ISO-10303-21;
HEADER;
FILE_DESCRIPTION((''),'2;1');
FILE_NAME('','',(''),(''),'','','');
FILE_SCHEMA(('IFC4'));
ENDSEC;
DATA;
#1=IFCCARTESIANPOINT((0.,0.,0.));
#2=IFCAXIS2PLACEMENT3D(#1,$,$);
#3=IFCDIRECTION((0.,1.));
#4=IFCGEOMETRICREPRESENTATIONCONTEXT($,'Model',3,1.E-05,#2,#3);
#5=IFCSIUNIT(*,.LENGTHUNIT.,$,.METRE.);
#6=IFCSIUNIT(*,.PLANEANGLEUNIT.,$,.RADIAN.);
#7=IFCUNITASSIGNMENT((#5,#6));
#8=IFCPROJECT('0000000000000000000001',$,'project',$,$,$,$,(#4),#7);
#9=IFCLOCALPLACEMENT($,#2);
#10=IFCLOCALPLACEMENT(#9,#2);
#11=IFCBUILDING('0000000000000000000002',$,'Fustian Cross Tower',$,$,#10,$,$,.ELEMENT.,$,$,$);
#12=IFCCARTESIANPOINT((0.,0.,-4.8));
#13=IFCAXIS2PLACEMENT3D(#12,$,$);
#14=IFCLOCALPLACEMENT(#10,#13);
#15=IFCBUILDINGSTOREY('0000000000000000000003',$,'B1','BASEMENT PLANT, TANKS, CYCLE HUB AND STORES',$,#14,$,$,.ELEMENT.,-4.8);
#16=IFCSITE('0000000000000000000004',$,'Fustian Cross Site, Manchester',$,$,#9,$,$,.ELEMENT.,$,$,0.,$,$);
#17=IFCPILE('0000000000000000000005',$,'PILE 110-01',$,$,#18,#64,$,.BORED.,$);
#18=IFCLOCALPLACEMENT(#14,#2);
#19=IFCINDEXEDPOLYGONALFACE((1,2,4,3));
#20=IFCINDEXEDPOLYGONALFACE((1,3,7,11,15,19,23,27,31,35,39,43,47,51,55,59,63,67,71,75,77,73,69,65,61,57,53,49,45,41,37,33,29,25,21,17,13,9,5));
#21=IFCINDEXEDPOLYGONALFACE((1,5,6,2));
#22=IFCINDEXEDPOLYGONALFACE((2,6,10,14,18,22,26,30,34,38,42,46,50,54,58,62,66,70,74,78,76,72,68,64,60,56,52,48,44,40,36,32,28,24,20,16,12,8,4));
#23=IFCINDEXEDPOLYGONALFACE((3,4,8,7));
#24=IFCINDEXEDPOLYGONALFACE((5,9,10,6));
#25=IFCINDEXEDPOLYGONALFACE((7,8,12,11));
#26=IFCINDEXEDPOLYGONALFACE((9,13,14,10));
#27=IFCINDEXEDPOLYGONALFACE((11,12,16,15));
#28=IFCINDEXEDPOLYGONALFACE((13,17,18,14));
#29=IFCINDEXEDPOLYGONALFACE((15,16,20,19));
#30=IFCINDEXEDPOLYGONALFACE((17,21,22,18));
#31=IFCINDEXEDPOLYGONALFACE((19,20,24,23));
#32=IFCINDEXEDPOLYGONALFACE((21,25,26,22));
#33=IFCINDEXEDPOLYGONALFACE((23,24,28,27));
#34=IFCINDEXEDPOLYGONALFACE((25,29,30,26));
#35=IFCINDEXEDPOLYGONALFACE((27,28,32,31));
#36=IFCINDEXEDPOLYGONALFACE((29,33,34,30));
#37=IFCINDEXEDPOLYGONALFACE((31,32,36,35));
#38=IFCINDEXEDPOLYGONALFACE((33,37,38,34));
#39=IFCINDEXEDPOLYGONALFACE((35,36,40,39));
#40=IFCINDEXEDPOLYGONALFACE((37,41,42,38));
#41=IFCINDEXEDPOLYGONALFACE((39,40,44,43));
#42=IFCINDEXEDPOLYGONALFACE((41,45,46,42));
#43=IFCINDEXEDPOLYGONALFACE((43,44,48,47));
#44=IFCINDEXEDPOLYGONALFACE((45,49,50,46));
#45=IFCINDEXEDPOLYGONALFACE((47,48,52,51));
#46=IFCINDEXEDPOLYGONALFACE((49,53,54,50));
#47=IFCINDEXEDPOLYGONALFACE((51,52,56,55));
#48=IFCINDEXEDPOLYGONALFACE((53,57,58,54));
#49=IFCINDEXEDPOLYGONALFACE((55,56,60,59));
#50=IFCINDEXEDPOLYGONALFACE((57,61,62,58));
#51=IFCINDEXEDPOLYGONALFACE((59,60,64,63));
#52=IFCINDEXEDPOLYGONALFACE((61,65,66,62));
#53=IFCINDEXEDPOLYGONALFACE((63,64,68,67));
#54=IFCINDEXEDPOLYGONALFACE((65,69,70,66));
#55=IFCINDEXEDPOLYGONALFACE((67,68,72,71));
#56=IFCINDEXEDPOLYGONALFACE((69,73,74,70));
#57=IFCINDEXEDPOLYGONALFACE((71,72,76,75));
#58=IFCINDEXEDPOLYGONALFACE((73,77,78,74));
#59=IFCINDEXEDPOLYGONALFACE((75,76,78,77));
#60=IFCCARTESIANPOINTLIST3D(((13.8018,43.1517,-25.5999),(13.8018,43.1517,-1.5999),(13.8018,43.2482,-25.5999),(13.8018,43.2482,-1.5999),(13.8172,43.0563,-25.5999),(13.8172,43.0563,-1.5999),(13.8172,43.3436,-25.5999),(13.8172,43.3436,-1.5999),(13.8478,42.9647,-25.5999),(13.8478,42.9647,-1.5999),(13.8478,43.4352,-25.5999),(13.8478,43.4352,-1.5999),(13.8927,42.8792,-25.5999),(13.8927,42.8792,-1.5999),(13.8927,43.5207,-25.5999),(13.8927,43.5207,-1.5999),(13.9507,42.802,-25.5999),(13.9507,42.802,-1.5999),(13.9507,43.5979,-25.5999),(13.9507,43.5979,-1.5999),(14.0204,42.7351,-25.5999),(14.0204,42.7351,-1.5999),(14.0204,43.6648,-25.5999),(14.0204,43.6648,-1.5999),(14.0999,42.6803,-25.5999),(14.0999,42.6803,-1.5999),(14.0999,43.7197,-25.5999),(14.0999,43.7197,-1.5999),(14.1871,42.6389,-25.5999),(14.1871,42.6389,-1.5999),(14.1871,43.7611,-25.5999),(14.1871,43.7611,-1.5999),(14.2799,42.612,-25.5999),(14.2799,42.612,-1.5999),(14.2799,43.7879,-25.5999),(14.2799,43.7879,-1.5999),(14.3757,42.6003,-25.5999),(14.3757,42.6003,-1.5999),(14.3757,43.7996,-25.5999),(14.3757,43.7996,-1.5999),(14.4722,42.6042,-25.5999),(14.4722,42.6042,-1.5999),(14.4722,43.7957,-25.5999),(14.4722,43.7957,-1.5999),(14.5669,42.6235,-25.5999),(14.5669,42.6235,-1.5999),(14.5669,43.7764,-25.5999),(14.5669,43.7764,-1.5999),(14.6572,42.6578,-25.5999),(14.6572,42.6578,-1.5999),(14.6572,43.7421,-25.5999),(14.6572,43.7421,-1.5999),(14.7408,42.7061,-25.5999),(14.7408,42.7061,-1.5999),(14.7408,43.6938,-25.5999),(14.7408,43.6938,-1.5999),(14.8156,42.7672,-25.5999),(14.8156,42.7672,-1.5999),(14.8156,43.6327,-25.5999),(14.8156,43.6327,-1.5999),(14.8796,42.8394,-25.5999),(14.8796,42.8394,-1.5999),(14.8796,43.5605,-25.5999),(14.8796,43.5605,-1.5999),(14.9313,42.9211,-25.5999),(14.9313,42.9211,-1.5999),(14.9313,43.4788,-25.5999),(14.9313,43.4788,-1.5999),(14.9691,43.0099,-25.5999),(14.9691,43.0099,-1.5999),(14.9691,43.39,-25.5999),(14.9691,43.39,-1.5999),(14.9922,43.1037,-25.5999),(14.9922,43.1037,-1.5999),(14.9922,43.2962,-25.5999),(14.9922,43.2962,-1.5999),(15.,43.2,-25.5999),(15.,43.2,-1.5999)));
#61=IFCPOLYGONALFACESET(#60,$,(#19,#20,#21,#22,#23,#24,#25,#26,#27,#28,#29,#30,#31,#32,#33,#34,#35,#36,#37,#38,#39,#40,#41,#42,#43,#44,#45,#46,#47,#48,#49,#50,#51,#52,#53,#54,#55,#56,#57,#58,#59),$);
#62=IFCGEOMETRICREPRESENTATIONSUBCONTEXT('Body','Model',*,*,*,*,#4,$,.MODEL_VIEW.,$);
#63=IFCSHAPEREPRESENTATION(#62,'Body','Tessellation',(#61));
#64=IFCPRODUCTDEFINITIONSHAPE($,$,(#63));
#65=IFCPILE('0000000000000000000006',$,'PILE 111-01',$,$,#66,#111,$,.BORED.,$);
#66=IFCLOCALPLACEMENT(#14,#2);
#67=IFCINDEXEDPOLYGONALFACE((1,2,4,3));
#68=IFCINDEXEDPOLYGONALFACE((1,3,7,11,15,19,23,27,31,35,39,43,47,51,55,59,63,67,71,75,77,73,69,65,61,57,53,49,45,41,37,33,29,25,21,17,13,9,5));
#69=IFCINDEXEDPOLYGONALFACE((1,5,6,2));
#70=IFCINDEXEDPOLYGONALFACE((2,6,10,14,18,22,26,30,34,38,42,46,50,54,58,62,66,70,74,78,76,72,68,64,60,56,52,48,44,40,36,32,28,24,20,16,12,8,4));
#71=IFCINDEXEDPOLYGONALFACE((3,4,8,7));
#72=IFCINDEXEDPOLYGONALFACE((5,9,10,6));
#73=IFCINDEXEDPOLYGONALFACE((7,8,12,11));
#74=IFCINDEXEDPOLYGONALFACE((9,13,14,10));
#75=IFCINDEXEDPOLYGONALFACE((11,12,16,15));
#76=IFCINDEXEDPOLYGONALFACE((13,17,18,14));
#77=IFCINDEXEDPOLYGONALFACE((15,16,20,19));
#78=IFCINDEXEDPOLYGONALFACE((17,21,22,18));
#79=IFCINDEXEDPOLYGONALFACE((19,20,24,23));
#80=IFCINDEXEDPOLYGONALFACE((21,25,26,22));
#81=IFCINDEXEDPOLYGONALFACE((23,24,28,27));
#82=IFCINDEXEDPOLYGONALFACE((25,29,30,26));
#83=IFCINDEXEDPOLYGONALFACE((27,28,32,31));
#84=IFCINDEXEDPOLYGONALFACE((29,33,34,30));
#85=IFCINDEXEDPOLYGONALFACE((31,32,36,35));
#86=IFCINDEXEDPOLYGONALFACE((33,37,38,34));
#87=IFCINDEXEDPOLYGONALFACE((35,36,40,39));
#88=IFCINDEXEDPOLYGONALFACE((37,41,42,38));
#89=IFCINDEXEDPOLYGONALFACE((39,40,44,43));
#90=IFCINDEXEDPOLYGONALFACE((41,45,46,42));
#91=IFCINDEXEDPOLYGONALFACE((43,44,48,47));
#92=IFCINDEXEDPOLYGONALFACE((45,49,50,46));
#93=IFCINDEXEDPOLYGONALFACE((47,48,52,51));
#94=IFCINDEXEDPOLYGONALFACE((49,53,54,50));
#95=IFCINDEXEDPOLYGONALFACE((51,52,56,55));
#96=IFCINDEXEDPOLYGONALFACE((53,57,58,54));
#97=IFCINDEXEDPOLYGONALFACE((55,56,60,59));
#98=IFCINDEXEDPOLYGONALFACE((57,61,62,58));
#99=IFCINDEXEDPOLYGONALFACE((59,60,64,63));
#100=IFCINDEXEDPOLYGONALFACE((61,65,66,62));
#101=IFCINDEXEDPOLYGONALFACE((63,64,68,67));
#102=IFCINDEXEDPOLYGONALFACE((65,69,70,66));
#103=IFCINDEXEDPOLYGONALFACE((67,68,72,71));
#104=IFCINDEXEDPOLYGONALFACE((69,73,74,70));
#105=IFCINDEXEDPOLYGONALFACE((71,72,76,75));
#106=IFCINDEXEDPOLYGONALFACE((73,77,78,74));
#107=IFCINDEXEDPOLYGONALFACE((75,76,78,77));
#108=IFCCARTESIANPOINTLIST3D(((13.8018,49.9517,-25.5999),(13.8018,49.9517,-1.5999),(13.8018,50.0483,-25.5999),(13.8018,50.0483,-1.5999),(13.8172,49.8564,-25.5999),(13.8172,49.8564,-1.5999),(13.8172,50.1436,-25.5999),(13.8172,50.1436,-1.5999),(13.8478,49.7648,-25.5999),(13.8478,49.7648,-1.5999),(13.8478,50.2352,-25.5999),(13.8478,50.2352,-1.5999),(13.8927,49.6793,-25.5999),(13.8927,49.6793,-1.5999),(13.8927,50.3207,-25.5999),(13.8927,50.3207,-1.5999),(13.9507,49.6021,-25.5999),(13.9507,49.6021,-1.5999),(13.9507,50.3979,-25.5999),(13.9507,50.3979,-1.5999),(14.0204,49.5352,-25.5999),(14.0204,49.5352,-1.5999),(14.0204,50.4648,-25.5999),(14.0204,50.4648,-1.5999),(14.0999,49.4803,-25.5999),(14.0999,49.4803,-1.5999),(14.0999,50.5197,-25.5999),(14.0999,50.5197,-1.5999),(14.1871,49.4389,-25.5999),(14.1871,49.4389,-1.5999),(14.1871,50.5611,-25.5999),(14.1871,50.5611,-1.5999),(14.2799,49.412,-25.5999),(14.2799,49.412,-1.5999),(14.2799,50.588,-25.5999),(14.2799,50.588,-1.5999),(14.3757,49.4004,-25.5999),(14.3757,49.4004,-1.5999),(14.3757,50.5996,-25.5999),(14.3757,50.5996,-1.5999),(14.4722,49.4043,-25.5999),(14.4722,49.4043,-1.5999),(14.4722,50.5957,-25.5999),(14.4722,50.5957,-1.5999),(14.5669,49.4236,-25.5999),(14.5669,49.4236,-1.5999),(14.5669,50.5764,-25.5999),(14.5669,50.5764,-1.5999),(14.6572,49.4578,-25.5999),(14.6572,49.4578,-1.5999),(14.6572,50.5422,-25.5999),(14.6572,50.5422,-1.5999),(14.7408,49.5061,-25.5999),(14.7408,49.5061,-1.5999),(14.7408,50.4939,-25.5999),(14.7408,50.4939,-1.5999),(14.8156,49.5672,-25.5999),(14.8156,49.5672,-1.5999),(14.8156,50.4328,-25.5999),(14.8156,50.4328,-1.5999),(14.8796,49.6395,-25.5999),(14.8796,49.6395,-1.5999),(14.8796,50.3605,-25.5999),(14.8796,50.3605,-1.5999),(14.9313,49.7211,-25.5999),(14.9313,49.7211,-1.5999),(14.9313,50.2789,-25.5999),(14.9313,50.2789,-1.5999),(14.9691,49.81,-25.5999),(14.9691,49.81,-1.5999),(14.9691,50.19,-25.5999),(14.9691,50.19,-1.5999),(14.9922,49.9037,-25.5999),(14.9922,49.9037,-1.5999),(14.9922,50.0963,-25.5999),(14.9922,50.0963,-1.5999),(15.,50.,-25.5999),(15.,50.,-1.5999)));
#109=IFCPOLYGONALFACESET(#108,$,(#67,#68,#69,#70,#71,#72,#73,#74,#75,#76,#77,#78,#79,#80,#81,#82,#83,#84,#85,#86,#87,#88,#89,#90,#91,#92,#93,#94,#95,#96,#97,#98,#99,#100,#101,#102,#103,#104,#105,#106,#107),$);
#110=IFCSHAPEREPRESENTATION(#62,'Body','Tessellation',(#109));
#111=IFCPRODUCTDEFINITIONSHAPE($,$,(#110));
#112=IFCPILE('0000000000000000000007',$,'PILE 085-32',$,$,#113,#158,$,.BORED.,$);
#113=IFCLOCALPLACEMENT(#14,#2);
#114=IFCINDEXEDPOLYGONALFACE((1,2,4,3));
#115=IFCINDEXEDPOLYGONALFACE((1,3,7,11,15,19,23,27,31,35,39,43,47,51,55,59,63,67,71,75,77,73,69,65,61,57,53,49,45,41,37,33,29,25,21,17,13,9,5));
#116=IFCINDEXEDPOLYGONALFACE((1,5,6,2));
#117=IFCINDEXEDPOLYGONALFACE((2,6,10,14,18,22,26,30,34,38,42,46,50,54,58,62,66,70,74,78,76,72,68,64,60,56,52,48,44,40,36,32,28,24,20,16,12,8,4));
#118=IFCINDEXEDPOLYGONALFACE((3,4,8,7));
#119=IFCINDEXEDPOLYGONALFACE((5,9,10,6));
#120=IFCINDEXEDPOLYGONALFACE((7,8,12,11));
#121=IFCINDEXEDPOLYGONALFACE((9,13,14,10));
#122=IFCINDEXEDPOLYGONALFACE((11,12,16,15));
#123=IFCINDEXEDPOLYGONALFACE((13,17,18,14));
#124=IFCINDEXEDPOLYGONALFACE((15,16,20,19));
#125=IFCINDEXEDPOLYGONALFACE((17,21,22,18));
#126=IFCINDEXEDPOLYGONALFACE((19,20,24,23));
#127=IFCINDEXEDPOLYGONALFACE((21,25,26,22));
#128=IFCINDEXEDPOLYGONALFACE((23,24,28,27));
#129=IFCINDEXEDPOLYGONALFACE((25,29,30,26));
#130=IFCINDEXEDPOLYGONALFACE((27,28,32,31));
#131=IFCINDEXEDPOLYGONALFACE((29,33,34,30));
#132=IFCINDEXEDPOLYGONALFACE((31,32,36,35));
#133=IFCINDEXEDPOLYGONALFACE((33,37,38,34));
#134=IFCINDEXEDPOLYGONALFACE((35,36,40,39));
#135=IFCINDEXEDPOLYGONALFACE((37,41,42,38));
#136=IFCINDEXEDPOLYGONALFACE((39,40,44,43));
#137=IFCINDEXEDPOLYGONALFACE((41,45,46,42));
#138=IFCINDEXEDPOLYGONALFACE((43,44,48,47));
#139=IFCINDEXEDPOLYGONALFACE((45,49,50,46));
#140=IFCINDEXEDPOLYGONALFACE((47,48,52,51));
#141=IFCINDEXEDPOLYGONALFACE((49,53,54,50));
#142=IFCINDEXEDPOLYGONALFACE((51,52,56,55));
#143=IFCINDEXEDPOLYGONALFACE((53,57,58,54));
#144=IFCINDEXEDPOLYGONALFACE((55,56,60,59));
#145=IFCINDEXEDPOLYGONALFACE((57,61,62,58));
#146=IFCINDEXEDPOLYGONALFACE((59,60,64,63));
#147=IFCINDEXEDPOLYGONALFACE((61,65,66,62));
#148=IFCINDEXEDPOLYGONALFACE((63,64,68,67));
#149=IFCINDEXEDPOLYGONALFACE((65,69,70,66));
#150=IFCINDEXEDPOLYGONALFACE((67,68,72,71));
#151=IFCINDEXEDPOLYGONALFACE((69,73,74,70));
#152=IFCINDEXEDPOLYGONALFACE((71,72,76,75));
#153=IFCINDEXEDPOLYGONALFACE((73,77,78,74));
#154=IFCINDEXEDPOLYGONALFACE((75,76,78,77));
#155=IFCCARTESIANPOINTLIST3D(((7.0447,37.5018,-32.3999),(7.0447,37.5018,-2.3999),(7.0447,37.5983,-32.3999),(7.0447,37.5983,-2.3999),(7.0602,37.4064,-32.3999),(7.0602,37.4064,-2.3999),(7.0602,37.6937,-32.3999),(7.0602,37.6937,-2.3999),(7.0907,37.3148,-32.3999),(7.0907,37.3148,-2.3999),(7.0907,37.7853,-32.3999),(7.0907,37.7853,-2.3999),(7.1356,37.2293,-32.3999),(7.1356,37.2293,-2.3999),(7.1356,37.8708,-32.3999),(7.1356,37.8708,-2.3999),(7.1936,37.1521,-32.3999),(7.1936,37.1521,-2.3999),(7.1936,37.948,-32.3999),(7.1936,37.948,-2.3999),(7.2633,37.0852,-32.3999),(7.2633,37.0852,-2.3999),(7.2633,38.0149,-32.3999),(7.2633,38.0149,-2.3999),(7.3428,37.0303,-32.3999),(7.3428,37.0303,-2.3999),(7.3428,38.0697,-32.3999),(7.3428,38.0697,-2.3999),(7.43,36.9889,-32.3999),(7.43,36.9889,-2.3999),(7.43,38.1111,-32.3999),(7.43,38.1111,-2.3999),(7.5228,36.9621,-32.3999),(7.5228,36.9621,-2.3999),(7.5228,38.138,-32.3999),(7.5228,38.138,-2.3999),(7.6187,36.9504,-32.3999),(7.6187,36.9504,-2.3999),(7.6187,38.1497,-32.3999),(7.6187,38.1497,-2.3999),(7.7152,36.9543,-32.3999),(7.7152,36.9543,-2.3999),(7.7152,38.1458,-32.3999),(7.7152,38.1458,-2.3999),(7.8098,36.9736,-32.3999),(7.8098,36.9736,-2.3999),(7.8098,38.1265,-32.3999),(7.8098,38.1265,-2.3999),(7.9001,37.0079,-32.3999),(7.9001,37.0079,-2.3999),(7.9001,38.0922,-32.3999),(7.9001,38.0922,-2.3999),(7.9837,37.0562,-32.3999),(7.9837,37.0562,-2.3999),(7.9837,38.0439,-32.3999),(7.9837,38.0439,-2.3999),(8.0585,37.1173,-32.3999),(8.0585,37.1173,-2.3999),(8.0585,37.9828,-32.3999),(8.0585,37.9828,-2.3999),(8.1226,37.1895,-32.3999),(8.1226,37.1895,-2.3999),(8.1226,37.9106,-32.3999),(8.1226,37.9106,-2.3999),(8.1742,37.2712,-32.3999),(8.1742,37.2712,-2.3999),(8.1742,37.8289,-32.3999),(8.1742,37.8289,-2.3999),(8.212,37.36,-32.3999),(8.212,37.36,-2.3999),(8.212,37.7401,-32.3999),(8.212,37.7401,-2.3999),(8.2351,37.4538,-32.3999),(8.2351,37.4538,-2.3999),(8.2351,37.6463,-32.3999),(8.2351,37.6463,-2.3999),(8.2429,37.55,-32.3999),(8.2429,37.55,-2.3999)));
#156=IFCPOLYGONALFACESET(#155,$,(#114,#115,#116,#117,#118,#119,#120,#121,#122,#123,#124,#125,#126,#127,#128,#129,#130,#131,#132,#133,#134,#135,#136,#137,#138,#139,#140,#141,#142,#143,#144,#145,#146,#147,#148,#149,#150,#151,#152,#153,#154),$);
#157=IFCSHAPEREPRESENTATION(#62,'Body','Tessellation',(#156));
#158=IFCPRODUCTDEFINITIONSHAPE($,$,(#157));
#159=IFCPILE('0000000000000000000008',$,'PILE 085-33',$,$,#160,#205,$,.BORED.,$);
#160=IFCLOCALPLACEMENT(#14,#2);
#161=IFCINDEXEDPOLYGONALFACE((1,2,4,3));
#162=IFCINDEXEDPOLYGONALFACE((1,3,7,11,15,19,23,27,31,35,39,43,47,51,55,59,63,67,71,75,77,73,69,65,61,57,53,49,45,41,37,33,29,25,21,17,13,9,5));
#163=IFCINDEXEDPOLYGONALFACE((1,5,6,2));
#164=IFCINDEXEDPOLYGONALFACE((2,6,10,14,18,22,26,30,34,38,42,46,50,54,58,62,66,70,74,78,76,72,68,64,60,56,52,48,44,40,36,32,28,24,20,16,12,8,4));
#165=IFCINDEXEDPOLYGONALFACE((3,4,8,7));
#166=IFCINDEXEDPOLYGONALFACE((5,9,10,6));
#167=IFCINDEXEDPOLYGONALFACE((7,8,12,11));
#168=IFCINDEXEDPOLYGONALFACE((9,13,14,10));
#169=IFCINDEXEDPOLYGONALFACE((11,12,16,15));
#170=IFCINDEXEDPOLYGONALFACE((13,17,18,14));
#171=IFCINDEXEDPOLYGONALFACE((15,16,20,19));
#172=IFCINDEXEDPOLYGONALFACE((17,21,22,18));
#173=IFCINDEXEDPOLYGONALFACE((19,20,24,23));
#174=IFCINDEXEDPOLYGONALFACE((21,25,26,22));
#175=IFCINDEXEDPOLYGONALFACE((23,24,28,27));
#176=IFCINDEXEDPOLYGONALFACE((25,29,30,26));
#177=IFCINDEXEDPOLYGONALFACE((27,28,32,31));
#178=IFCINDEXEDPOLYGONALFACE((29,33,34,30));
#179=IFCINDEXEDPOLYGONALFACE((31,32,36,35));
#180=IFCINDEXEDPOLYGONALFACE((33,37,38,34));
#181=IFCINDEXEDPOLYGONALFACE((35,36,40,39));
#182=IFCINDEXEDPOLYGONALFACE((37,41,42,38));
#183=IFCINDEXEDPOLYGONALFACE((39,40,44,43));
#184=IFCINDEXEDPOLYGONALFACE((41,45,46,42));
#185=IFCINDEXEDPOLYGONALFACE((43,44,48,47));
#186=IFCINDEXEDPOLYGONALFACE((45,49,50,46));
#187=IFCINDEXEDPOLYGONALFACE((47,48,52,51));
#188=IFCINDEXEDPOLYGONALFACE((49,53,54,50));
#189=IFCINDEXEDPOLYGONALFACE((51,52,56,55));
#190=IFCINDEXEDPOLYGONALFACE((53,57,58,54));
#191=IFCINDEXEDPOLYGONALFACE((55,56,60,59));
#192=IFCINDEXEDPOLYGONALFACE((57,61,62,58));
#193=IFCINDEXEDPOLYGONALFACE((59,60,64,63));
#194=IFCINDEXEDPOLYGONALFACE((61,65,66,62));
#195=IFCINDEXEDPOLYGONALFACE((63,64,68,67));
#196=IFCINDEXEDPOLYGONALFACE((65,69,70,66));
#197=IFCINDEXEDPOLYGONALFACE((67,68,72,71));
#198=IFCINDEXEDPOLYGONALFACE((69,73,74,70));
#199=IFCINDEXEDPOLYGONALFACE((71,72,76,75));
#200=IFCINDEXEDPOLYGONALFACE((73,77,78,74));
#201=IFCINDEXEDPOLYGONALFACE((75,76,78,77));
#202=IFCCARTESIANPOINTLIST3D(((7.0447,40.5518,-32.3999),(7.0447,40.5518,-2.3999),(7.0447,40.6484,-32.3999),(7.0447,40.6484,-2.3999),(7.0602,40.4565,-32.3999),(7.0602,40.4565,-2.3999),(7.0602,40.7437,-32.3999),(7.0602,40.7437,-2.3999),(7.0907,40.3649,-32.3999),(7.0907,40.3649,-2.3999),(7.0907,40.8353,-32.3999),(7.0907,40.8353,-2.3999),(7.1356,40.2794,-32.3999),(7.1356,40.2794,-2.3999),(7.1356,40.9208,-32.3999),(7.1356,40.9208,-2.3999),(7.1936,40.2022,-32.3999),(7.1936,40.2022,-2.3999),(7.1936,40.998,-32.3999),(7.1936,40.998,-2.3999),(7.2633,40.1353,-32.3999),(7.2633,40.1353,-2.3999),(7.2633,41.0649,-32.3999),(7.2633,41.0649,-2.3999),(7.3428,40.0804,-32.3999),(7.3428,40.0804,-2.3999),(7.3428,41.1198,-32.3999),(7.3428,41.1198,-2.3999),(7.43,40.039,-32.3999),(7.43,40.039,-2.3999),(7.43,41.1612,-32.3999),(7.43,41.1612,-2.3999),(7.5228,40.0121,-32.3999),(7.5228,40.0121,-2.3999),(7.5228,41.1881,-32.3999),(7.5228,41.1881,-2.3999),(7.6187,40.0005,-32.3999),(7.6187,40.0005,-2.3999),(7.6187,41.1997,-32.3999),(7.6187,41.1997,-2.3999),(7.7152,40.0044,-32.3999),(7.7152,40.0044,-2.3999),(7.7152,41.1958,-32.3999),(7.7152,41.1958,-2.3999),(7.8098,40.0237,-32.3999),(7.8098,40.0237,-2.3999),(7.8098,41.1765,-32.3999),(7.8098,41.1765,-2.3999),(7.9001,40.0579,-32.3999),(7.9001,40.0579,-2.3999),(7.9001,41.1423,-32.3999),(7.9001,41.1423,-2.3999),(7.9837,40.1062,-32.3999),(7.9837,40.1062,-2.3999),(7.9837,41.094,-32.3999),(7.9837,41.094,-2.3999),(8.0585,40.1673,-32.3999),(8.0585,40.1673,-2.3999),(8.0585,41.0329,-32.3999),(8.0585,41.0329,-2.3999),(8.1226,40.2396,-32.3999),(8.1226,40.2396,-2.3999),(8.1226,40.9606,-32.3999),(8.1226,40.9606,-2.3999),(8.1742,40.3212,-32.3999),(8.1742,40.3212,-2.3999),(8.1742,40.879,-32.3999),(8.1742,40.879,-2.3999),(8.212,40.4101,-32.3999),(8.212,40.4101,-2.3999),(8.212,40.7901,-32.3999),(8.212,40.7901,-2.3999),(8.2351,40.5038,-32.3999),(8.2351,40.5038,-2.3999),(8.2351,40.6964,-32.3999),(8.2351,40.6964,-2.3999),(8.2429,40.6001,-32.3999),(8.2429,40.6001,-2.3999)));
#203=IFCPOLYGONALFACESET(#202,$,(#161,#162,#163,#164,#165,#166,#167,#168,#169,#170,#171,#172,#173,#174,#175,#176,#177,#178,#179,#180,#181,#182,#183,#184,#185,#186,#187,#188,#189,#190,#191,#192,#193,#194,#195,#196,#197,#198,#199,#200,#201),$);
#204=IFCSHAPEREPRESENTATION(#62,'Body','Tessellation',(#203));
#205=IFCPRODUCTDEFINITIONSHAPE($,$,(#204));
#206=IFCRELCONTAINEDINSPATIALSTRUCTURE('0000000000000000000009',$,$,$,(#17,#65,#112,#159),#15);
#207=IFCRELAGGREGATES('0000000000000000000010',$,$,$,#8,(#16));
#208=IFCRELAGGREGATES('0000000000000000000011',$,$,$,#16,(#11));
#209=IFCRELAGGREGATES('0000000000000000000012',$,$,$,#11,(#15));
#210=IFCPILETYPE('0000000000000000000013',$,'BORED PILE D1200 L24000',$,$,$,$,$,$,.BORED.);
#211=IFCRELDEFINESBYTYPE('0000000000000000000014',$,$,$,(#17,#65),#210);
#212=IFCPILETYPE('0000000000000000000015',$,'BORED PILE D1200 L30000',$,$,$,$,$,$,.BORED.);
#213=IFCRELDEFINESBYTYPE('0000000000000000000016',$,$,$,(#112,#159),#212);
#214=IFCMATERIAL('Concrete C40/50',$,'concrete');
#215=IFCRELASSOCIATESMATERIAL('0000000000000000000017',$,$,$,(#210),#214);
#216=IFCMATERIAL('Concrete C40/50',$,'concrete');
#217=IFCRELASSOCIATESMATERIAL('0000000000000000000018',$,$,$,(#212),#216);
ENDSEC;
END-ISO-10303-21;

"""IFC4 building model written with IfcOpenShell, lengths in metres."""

from ifc_helpers import new_model, si_unit, direction, frame, origin, origin_2d, place, context, subcontext, project, spatial, circle, extrude, material, material_profile, profile_set, type_object, element, save


model = new_model("IFC4")

# Units and contexts
model_context = context("Model", 3, precision=1e-05, world=origin(), true_north=direction((0.0, 1.0)))
body_context = subcontext(model_context, "Body", "Model", "MODEL_VIEW")
ifc_project = project(units=[si_unit("LENGTHUNIT", "METRE"), si_unit("PLANEANGLEUNIT", "RADIAN")], contexts=[model_context])

# Site, building, storey
site_placement = place(None, origin())
site = spatial("IfcSite", under=ifc_project, at=site_placement, Name="Fustian Cross Site, Manchester", CompositionType="ELEMENT", RefElevation=0.0)
building_placement = place(site_placement, origin())
building = spatial("IfcBuilding", under=site, at=building_placement, Name="Fustian Cross Tower", CompositionType="ELEMENT")
storey_placement = place(building_placement, frame((0.0, 0.0, -4.8)))
storey = spatial("IfcBuildingStorey", under=building, at=storey_placement, Name="B1", Description="BASEMENT PLANT, TANKS, CYCLE HUB AND STORES", CompositionType="ELEMENT", Elevation=-4.8)

# Piles
ifc_material_1 = material(Name="Concrete C40/50", Category="concrete")
ifc_material_profile_1 = material_profile(ifc_material_1, circle(Radius=0.6001, at=origin_2d()), Name="BORED PILE D1200 L24000")
ifc_profile_set_1 = profile_set([ifc_material_profile_1], Name="Concrete C40/50")
pile_type_1 = type_object("IfcPileType", Name="BORED PILE D1200 L24000", PredefinedType="BORED", material=ifc_profile_set_1)
for number, where, z_axis, x_axis, name in (
    (1, (14.3999, 43.2, -1.5999), (0.0, 0.0, -1.0), (1.0, 0.0, 0.0), "PILE 110-01"),
    (2, (14.3999, 50.0, -1.5999), (0.0, 0.0, -1.0), (1.0, 0.0, 0.0), "PILE 111-01"),
):
    element("IfcPile", number, at=place(storey_placement, frame(where, z_axis=z_axis, x_axis=x_axis)), inside=storey, type_object=pile_type_1, Name=name, PredefinedType="BORED", context=body_context, shape_type="SweptSolid", body=[
        extrude(circle(Radius=0.6001, at=origin_2d()), origin(), (0.0, 0.0, 1.0), 24.0),
    ])
ifc_material_2 = material(Name="Concrete C40/50", Category="concrete")
ifc_material_profile_2 = material_profile(ifc_material_2, circle(Radius=0.6001, at=origin_2d()), Name="BORED PILE D1200 L30000")
ifc_profile_set_2 = profile_set([ifc_material_profile_2], Name="Concrete C40/50")
pile_type_2 = type_object("IfcPileType", Name="BORED PILE D1200 L30000", PredefinedType="BORED", material=ifc_profile_set_2)
for number, where, z_axis, x_axis, name in (
    (3, (7.6428, 37.55, -2.3999), (0.0, 0.0, -1.0), (1.0, 0.0, 0.0), "PILE 085-32"),
    (4, (7.6428, 40.6001, -2.3999), (0.0, 0.0, -1.0), (1.0, 0.0, 0.0), "PILE 085-33"),
):
    element("IfcPile", number, at=place(storey_placement, frame(where, z_axis=z_axis, x_axis=x_axis)), inside=storey, type_object=pile_type_2, Name=name, PredefinedType="BORED", context=body_context, shape_type="SweptSolid", body=[
        extrude(circle(Radius=0.6001, at=origin_2d()), origin(), (0.0, 0.0, 1.0), 30.0),
    ])

save(model, "model.ifc")
